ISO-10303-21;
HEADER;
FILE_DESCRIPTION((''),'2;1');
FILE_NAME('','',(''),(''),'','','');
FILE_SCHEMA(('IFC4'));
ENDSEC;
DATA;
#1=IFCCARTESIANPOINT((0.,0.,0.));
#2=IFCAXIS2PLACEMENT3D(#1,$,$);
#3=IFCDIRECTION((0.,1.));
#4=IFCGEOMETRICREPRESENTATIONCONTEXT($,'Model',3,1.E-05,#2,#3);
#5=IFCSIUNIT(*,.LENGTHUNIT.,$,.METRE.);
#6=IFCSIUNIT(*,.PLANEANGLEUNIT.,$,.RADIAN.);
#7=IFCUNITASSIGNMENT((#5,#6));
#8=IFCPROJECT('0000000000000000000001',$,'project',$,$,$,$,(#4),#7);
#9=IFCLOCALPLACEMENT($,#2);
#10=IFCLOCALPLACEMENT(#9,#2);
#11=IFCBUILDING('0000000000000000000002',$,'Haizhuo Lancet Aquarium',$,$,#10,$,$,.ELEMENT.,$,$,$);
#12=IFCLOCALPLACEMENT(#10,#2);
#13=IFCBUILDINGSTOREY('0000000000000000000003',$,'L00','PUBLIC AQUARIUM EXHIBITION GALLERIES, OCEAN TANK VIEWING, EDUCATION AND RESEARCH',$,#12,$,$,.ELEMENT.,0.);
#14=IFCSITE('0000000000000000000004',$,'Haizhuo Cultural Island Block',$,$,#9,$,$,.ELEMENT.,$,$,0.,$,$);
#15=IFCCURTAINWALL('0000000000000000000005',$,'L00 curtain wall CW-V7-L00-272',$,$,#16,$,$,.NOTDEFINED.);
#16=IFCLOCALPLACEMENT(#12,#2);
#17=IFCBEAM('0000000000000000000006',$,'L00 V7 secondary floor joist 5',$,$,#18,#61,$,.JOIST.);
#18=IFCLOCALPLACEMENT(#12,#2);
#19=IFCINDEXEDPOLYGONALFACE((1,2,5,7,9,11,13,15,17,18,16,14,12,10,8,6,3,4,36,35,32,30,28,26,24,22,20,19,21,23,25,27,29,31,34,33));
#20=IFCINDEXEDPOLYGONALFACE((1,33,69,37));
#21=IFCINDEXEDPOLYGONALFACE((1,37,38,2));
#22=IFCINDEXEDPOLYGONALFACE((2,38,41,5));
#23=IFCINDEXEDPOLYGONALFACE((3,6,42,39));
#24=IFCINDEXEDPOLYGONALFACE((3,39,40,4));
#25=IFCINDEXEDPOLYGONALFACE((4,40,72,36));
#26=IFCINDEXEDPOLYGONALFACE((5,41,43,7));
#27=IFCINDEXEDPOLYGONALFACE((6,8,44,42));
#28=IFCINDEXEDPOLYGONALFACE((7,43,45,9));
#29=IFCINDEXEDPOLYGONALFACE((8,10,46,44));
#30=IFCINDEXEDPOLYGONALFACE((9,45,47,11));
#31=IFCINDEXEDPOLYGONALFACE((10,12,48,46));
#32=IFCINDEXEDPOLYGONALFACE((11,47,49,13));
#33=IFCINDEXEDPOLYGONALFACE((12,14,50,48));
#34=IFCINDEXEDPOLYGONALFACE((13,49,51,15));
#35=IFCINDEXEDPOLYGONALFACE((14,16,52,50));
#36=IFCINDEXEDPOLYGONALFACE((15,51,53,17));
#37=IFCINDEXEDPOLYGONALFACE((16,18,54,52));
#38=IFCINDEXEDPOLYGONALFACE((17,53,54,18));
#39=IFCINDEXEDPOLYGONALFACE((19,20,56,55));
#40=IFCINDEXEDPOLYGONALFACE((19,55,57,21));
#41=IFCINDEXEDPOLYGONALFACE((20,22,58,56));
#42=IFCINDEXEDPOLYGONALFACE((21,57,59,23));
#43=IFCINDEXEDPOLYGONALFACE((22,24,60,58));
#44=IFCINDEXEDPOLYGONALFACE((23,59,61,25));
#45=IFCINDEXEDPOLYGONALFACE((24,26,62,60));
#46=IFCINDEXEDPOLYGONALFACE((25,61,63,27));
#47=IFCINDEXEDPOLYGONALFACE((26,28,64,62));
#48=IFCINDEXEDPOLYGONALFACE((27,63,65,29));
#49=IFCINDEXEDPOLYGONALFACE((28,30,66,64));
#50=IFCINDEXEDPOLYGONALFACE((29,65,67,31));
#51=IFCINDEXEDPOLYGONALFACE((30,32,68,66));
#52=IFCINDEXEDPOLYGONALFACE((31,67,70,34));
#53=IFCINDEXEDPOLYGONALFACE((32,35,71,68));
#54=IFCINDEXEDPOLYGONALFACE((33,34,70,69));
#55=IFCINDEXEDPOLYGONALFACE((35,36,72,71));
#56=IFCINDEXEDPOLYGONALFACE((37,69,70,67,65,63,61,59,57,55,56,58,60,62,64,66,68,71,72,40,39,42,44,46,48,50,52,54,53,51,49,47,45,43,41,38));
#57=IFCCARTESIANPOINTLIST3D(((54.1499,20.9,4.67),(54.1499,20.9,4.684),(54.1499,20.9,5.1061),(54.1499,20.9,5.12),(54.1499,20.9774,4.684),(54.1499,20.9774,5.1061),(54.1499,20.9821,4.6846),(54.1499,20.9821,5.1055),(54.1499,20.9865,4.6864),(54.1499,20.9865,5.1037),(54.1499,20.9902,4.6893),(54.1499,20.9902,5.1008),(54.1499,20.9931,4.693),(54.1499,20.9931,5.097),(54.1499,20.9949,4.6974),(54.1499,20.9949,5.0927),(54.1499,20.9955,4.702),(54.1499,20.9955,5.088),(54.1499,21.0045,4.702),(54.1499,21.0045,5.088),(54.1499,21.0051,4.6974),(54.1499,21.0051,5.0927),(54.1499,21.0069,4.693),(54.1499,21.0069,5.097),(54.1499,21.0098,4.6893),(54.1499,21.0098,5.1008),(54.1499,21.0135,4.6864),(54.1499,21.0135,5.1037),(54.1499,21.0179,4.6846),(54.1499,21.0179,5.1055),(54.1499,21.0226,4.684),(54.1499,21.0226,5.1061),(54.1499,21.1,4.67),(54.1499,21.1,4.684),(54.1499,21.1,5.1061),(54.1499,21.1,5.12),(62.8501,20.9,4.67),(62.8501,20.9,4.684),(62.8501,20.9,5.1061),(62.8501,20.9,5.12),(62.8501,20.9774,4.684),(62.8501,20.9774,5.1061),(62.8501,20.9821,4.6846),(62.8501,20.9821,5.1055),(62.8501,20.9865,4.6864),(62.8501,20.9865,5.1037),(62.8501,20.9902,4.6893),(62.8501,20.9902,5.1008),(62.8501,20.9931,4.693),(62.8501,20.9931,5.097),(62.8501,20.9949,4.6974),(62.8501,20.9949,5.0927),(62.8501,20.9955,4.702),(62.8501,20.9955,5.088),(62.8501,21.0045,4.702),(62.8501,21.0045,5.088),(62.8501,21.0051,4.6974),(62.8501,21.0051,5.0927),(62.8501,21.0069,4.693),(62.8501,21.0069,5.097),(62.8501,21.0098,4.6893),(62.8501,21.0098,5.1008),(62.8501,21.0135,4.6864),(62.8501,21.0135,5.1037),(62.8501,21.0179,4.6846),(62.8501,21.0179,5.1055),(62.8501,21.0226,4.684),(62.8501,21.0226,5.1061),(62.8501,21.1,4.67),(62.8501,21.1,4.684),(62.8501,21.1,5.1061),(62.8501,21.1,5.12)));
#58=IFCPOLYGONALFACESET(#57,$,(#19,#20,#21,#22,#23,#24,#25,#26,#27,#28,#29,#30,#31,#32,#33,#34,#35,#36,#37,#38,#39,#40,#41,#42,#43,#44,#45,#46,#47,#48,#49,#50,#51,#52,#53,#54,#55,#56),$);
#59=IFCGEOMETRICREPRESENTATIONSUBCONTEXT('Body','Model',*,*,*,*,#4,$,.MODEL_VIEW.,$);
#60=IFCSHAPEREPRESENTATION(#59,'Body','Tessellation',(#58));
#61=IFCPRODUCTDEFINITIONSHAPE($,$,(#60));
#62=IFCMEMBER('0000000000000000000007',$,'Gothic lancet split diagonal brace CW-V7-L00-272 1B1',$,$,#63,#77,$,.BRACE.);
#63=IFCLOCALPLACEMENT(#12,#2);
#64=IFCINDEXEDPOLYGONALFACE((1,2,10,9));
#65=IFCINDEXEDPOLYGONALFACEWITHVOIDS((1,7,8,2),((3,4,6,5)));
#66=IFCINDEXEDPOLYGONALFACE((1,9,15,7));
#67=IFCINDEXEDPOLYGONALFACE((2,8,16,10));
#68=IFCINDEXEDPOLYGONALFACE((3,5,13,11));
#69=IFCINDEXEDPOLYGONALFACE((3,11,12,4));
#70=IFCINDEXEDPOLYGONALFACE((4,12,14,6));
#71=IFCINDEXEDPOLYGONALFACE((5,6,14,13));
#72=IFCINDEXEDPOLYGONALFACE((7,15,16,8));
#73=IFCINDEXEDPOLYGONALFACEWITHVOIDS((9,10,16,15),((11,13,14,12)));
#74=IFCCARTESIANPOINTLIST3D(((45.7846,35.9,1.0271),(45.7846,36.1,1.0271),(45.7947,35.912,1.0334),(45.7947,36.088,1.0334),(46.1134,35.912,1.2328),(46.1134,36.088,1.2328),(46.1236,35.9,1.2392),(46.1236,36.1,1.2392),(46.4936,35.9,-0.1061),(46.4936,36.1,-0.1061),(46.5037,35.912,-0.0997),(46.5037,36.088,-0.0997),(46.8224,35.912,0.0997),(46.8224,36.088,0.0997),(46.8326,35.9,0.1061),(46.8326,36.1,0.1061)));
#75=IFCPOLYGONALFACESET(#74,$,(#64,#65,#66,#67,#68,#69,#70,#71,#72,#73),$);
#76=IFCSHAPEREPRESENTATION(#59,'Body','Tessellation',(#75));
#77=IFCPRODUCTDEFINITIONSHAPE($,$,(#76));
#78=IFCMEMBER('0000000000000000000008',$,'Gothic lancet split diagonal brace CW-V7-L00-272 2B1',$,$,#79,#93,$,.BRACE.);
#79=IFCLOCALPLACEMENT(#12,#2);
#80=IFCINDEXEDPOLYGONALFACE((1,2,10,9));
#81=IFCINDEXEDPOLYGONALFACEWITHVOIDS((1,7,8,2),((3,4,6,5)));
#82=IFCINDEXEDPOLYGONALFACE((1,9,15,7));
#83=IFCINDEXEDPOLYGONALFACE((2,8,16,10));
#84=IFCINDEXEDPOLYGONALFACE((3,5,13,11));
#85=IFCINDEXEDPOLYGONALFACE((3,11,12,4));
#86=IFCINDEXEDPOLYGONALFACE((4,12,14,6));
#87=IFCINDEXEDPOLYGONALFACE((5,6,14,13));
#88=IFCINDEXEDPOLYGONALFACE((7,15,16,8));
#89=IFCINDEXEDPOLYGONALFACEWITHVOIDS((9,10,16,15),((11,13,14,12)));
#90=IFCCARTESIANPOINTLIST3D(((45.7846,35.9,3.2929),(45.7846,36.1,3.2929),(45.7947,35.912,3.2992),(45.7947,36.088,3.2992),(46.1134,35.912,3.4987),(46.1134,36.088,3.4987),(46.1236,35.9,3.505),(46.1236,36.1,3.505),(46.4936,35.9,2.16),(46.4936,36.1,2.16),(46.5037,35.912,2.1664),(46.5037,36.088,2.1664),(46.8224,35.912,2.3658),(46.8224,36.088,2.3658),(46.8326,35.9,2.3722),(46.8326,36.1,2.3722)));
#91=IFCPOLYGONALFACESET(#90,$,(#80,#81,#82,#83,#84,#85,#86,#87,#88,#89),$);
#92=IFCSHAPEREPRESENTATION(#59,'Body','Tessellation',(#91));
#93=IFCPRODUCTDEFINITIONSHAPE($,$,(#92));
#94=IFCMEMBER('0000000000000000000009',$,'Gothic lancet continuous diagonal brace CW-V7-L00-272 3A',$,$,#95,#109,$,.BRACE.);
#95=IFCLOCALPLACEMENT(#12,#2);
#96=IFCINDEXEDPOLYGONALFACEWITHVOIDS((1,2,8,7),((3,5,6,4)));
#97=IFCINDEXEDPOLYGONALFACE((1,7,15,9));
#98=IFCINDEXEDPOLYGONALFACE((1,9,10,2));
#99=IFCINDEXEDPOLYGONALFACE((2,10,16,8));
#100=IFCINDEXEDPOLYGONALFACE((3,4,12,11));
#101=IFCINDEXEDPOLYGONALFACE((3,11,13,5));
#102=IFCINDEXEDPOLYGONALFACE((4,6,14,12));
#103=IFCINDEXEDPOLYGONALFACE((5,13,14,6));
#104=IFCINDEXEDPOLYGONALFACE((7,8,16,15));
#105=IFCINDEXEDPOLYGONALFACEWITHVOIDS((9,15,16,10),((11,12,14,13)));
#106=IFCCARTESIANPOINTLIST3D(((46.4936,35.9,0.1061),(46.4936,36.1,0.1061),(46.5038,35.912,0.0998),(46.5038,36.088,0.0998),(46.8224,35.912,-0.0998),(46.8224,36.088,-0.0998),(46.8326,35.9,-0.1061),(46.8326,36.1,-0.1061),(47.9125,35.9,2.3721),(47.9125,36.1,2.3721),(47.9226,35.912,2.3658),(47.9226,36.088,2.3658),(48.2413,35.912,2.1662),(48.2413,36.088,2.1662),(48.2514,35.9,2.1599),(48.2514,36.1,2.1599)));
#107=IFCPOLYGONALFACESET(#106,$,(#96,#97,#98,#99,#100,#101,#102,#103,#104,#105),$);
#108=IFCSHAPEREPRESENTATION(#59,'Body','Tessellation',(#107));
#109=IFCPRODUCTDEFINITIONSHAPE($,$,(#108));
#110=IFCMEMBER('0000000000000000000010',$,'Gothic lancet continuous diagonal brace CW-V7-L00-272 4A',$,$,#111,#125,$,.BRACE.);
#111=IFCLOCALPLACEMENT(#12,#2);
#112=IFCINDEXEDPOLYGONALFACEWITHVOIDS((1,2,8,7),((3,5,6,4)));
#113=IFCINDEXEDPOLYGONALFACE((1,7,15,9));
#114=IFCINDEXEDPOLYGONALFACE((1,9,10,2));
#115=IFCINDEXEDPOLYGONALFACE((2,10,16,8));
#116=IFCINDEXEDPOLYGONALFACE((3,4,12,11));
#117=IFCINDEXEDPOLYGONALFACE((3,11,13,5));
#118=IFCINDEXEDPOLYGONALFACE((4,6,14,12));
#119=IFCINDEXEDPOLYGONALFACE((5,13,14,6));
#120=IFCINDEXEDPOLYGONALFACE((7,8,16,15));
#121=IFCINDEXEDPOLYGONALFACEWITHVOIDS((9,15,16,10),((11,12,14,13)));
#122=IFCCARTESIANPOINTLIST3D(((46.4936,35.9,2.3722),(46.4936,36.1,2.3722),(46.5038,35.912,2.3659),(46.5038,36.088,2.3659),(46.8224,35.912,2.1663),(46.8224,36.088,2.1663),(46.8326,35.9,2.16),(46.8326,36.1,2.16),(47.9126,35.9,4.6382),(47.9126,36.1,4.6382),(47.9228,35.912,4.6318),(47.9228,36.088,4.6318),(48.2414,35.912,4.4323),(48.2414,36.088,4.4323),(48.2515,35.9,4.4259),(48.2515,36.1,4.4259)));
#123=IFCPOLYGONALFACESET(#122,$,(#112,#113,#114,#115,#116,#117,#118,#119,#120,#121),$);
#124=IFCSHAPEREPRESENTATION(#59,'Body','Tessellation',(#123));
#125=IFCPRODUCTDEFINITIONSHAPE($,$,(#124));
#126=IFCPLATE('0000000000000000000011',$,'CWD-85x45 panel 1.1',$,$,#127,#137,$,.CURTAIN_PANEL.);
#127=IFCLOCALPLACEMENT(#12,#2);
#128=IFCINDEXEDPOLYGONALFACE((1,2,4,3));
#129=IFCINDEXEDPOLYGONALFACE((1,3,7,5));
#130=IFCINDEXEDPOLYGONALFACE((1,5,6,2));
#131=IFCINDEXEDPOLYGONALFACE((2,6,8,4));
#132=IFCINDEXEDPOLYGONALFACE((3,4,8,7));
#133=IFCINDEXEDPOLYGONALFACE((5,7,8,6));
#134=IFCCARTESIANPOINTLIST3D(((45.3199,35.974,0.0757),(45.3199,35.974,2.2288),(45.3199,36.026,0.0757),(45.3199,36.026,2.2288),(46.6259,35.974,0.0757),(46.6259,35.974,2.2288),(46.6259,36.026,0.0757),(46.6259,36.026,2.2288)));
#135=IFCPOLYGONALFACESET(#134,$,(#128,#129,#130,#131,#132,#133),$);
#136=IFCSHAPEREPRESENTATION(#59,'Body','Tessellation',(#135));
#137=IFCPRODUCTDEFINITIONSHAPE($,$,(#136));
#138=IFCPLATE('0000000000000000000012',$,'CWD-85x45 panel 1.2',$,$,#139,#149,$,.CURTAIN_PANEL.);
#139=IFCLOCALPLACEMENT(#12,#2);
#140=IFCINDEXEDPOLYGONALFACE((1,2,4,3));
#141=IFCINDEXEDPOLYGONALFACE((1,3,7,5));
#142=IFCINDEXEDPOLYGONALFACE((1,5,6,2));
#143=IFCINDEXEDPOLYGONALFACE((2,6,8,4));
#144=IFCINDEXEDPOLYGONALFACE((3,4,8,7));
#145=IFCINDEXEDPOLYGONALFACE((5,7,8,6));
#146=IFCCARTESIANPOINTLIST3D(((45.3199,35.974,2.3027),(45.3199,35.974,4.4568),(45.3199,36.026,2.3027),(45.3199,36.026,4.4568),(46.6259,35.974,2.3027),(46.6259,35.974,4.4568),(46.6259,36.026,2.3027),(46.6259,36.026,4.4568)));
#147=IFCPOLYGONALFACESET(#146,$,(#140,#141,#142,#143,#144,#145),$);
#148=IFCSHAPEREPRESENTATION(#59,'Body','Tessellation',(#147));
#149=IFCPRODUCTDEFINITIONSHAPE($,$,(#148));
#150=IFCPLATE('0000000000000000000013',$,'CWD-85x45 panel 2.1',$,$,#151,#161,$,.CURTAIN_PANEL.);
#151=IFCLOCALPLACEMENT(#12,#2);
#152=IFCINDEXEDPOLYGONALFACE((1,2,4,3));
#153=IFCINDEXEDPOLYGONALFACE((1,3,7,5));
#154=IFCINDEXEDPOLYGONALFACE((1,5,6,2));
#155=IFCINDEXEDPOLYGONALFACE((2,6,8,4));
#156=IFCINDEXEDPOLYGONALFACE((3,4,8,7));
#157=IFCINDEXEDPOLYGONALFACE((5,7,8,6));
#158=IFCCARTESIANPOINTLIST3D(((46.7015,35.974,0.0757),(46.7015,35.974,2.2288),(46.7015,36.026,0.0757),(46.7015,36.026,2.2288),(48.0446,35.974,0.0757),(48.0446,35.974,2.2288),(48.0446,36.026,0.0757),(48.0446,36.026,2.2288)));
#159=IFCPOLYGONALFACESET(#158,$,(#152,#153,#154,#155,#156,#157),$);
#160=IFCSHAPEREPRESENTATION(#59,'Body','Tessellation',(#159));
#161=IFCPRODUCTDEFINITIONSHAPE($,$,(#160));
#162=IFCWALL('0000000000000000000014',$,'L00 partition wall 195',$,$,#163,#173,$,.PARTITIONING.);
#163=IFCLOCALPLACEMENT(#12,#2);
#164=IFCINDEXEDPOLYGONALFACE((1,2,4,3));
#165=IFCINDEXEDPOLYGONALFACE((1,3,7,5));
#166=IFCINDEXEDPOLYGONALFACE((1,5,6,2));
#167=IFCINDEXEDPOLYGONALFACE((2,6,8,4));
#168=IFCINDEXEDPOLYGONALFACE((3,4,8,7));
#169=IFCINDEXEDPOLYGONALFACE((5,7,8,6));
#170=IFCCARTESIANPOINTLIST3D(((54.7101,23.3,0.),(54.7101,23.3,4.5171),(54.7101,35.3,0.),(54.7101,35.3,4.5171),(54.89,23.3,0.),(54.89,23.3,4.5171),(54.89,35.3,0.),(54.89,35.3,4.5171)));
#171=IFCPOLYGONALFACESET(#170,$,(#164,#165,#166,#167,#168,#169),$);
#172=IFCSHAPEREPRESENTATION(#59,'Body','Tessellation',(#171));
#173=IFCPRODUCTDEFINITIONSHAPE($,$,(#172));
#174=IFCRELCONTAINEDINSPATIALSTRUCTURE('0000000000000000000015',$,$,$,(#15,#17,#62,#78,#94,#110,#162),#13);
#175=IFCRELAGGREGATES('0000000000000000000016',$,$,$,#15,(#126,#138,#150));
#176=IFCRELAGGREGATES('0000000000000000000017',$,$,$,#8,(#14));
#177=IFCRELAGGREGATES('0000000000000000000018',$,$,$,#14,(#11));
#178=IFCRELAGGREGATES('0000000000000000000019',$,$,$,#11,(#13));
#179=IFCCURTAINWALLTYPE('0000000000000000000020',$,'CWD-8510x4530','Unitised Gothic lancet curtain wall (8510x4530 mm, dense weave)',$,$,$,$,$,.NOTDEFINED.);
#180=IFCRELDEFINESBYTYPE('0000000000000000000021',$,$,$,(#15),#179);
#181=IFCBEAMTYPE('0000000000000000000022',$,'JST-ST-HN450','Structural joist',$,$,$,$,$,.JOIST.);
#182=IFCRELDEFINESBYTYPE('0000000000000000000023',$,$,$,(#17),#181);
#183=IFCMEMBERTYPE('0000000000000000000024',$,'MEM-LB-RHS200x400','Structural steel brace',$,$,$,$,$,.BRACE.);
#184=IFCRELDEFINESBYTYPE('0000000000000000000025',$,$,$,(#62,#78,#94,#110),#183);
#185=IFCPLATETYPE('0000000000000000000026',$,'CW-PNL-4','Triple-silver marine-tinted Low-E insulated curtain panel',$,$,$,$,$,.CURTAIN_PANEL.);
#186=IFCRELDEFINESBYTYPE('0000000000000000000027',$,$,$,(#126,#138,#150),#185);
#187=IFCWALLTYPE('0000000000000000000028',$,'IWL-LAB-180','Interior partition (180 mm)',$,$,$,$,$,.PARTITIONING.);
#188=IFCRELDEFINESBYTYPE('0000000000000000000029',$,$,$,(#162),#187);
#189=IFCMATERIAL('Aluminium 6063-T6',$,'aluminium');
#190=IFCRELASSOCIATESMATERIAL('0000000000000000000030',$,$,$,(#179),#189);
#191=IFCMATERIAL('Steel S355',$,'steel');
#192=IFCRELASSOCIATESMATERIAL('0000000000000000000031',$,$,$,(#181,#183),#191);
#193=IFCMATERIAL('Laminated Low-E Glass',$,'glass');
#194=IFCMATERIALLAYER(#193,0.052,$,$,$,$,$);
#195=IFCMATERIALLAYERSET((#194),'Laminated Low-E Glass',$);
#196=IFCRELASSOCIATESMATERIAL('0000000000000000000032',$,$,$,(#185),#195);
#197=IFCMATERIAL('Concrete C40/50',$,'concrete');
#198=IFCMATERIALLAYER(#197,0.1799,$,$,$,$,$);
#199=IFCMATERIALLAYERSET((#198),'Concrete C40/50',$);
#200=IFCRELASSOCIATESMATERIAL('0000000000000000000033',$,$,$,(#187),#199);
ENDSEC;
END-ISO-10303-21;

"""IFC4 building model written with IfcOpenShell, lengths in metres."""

from ifc_helpers import new_model, si_unit, direction, frame, frame_2d, origin, origin_2d, place, context, subcontext, project, spatial, rectangle, hollow_rectangle, i_section, extrude, material, layer, layer_set, material_profile, profile_set, type_object, element, aggregate, save


model = new_model("IFC4")

# Units and contexts
model_context = context("Model", 3, precision=1e-05, world=origin(), true_north=direction((0.0, 1.0)))
body_context = subcontext(model_context, "Body", "Model", "MODEL_VIEW")
ifc_project = project(units=[si_unit("LENGTHUNIT", "METRE"), si_unit("PLANEANGLEUNIT", "RADIAN")], contexts=[model_context])

# Site, building, storey
site_placement = place(None, origin())
site = spatial("IfcSite", under=ifc_project, at=site_placement, Name="Haizhuo Cultural Island Block", CompositionType="ELEMENT", RefElevation=0.0)
building_placement = place(site_placement, origin())
building = spatial("IfcBuilding", under=site, at=building_placement, Name="Haizhuo Lancet Aquarium", CompositionType="ELEMENT")
storey_placement = place(building_placement, origin())
storey = spatial("IfcBuildingStorey", under=building, at=storey_placement, Name="L00", Description="PUBLIC AQUARIUM EXHIBITION GALLERIES, OCEAN TANK VIEWING, EDUCATION AND RESEARCH", CompositionType="ELEMENT", Elevation=0.0)

# Shared definitions
ifc_material_1 = material(Name="Steel S355", Category="steel")

# Curtain wall
ifc_material_2 = material(Name="Aluminium 6063-T6", Category="aluminium")
curtain_wall_type = type_object("IfcCurtainWallType", Name="CWD-8510x4530", Description="Unitised Gothic lancet curtain wall (8510x4530 mm, dense weave)", PredefinedType="NOTDEFINED", material=ifc_material_2)
curtain_wall_placement = place(storey_placement, origin())
curtain_wall = element("IfcCurtainWall", 1, at=curtain_wall_placement, inside=storey, type_object=curtain_wall_type, Name="L00 curtain wall CW-V7-L00-272", PredefinedType="NOTDEFINED")

# Beam
ifc_material_profile_1 = material_profile(ifc_material_1, i_section(OverallWidth=0.2, OverallDepth=0.45, WebThickness=0.009, FlangeThickness=0.0139, FilletRadius=0.0181, at=origin_2d()), Name="HN 450x200x9x14")
ifc_profile_set_1 = profile_set([ifc_material_profile_1], Name="Steel S355")
beam_type_1 = type_object("IfcBeamType", Name="JST-ST-HN450", Description="Structural joist", PredefinedType="JOIST", material=ifc_profile_set_1)
beam_1_placement = place(storey_placement, frame((54.1499, 21.0, 4.895), z_axis=(1.0, 0.0, 0.0), x_axis=(0.0, 1.0, 0.0)))
element("IfcBeam", 2, at=beam_1_placement, inside=storey, type_object=beam_type_1, Name="L00 V7 secondary floor joist 5", PredefinedType="JOIST", context=body_context, shape_type="SweptSolid", body=[
    extrude(i_section(OverallWidth=0.2, OverallDepth=0.45, WebThickness=0.009, FlangeThickness=0.0139, FilletRadius=0.0181, at=origin_2d()), origin(), (0.0, 0.0, 1.0), 8.7002),
])

# Members
ifc_material_profile_2 = material_profile(ifc_material_1, hollow_rectangle(XDim=0.2, YDim=0.3999, WallThickness=0.012, at=origin_2d()), Name="RHS 200x400x12")
ifc_profile_set_2 = profile_set([ifc_material_profile_2], Name="Steel S355")
member_type_1 = type_object("IfcMemberType", Name="MEM-LB-RHS200x400", Description="Structural steel brace", PredefinedType="BRACE", material=ifc_profile_set_2)
member_1_placement = place(storey_placement, frame((46.6631, 36.0, 0.0), z_axis=(-0.530442, 0.0, 0.847721), x_axis=(0.0, -1.0, 0.0)))
element("IfcMember", 3, at=member_1_placement, inside=storey, type_object=member_type_1, Name="Gothic lancet split diagonal brace CW-V7-L00-272 1B1", PredefinedType="BRACE", context=body_context, shape_type="SweptSolid", body=[
    extrude(hollow_rectangle(XDim=0.2, YDim=0.3999, WallThickness=0.012, at=origin_2d()), origin(), (0.0, 0.0, 1.0), 1.3367),
])
member_2_placement = place(storey_placement, frame((46.6631, 36.0, 2.2661), z_axis=(-0.530524, 0.0, 0.84767), x_axis=(0.0, -1.0, 0.0)))
element("IfcMember", 4, at=member_2_placement, inside=storey, type_object=member_type_1, Name="Gothic lancet split diagonal brace CW-V7-L00-272 2B1", PredefinedType="BRACE", context=body_context, shape_type="SweptSolid", body=[
    extrude(hollow_rectangle(XDim=0.2, YDim=0.3999, WallThickness=0.012, at=origin_2d()), origin(), (0.0, 0.0, 1.0), 1.3364),
])
for number, where, z_axis, x_axis, name in (
    (5, (46.6631, 36.0, 0.0), (0.530705, 0.0, 0.847557), (0.0, 1.0, 0.0), "Gothic lancet continuous diagonal brace CW-V7-L00-272 3A"),
    (6, (46.6631, 36.0, 2.2661), (0.530746, 0.0, 0.847531), (0.0, 1.0, 0.0), "Gothic lancet continuous diagonal brace CW-V7-L00-272 4A"),
):
    element("IfcMember", number, at=place(storey_placement, frame(where, z_axis=z_axis, x_axis=x_axis)), inside=storey, type_object=member_type_1, Name=name, PredefinedType="BRACE", context=body_context, shape_type="SweptSolid", body=[
        extrude(hollow_rectangle(XDim=0.2, YDim=0.3999, WallThickness=0.012, at=origin_2d()), origin(), (0.0, 0.0, 1.0), 2.6736),
    ])

# Plates
ifc_material_3 = material(Name="Laminated Low-E Glass", Category="glass")
ifc_layer_1 = layer(ifc_material_3, 0.052)
ifc_layer_set_1 = layer_set([ifc_layer_1], Name="Laminated Low-E Glass")
plate_type = type_object("IfcPlateType", Name="CW-PNL-4", Description="Triple-silver marine-tinted Low-E insulated curtain panel", PredefinedType="CURTAIN_PANEL", material=ifc_layer_set_1)
plate_1_placement = place(storey_placement, frame((45.9729, 36.0, 0.0757), z_axis=(0.0, 0.0, 1.0), x_axis=(1.0, 0.0, 0.0)))
plate_1 = element("IfcPlate", 7, at=plate_1_placement, type_object=plate_type, Name="CWD-85x45 panel 1.1", PredefinedType="CURTAIN_PANEL", context=body_context, shape_type="SweptSolid", body=[
    extrude(rectangle(XDim=1.3059, YDim=0.052, at=origin_2d()), origin(), (0.0, 0.0, 1.0), 2.1531),
])
plate_2_placement = place(storey_placement, frame((45.9729, 36.0, 2.3027), z_axis=(0.0, 0.0, 1.0), x_axis=(1.0, 0.0, 0.0)))
plate_2 = element("IfcPlate", 8, at=plate_2_placement, type_object=plate_type, Name="CWD-85x45 panel 1.2", PredefinedType="CURTAIN_PANEL", context=body_context, shape_type="SweptSolid", body=[
    extrude(rectangle(XDim=1.3059, YDim=0.052, at=origin_2d()), origin(), (0.0, 0.0, 1.0), 2.1541),
])
plate_3_placement = place(storey_placement, frame((47.373, 36.0, 0.0757), z_axis=(0.0, 0.0, 1.0), x_axis=(1.0, 0.0, 0.0)))
plate_3 = element("IfcPlate", 9, at=plate_3_placement, type_object=plate_type, Name="CWD-85x45 panel 2.1", PredefinedType="CURTAIN_PANEL", context=body_context, shape_type="SweptSolid", body=[
    extrude(rectangle(XDim=1.343, YDim=0.052, at=origin_2d()), origin(), (0.0, 0.0, 1.0), 2.1531),
])
aggregate(curtain_wall, [plate_1, plate_2, plate_3])

# Wall
ifc_material_4 = material(Name="Concrete C40/50", Category="concrete")
ifc_layer_2 = layer(ifc_material_4, 0.1799)
ifc_layer_set_2 = layer_set([ifc_layer_2], Name="Concrete C40/50")
wall_type_1 = type_object("IfcWallType", Name="IWL-LAB-180", Description="Interior partition (180 mm)", PredefinedType="PARTITIONING", material=ifc_layer_set_2)
wall_1_placement = place(storey_placement, frame((54.8, 35.3, 0.0), z_axis=(0.0, 0.0, 1.0), x_axis=(0.0, -1.0, 0.0)))
element("IfcWall", 10, at=wall_1_placement, inside=storey, type_object=wall_type_1, Name="L00 partition wall 195", PredefinedType="PARTITIONING", context=body_context, shape_type="SweptSolid", body=[
    extrude(rectangle(XDim=12.0, YDim=0.1799, at=frame_2d((6.0, 0.0))), origin(), (0.0, 0.0, 1.0), 4.5171),
])

save(model, "model.ifc")
